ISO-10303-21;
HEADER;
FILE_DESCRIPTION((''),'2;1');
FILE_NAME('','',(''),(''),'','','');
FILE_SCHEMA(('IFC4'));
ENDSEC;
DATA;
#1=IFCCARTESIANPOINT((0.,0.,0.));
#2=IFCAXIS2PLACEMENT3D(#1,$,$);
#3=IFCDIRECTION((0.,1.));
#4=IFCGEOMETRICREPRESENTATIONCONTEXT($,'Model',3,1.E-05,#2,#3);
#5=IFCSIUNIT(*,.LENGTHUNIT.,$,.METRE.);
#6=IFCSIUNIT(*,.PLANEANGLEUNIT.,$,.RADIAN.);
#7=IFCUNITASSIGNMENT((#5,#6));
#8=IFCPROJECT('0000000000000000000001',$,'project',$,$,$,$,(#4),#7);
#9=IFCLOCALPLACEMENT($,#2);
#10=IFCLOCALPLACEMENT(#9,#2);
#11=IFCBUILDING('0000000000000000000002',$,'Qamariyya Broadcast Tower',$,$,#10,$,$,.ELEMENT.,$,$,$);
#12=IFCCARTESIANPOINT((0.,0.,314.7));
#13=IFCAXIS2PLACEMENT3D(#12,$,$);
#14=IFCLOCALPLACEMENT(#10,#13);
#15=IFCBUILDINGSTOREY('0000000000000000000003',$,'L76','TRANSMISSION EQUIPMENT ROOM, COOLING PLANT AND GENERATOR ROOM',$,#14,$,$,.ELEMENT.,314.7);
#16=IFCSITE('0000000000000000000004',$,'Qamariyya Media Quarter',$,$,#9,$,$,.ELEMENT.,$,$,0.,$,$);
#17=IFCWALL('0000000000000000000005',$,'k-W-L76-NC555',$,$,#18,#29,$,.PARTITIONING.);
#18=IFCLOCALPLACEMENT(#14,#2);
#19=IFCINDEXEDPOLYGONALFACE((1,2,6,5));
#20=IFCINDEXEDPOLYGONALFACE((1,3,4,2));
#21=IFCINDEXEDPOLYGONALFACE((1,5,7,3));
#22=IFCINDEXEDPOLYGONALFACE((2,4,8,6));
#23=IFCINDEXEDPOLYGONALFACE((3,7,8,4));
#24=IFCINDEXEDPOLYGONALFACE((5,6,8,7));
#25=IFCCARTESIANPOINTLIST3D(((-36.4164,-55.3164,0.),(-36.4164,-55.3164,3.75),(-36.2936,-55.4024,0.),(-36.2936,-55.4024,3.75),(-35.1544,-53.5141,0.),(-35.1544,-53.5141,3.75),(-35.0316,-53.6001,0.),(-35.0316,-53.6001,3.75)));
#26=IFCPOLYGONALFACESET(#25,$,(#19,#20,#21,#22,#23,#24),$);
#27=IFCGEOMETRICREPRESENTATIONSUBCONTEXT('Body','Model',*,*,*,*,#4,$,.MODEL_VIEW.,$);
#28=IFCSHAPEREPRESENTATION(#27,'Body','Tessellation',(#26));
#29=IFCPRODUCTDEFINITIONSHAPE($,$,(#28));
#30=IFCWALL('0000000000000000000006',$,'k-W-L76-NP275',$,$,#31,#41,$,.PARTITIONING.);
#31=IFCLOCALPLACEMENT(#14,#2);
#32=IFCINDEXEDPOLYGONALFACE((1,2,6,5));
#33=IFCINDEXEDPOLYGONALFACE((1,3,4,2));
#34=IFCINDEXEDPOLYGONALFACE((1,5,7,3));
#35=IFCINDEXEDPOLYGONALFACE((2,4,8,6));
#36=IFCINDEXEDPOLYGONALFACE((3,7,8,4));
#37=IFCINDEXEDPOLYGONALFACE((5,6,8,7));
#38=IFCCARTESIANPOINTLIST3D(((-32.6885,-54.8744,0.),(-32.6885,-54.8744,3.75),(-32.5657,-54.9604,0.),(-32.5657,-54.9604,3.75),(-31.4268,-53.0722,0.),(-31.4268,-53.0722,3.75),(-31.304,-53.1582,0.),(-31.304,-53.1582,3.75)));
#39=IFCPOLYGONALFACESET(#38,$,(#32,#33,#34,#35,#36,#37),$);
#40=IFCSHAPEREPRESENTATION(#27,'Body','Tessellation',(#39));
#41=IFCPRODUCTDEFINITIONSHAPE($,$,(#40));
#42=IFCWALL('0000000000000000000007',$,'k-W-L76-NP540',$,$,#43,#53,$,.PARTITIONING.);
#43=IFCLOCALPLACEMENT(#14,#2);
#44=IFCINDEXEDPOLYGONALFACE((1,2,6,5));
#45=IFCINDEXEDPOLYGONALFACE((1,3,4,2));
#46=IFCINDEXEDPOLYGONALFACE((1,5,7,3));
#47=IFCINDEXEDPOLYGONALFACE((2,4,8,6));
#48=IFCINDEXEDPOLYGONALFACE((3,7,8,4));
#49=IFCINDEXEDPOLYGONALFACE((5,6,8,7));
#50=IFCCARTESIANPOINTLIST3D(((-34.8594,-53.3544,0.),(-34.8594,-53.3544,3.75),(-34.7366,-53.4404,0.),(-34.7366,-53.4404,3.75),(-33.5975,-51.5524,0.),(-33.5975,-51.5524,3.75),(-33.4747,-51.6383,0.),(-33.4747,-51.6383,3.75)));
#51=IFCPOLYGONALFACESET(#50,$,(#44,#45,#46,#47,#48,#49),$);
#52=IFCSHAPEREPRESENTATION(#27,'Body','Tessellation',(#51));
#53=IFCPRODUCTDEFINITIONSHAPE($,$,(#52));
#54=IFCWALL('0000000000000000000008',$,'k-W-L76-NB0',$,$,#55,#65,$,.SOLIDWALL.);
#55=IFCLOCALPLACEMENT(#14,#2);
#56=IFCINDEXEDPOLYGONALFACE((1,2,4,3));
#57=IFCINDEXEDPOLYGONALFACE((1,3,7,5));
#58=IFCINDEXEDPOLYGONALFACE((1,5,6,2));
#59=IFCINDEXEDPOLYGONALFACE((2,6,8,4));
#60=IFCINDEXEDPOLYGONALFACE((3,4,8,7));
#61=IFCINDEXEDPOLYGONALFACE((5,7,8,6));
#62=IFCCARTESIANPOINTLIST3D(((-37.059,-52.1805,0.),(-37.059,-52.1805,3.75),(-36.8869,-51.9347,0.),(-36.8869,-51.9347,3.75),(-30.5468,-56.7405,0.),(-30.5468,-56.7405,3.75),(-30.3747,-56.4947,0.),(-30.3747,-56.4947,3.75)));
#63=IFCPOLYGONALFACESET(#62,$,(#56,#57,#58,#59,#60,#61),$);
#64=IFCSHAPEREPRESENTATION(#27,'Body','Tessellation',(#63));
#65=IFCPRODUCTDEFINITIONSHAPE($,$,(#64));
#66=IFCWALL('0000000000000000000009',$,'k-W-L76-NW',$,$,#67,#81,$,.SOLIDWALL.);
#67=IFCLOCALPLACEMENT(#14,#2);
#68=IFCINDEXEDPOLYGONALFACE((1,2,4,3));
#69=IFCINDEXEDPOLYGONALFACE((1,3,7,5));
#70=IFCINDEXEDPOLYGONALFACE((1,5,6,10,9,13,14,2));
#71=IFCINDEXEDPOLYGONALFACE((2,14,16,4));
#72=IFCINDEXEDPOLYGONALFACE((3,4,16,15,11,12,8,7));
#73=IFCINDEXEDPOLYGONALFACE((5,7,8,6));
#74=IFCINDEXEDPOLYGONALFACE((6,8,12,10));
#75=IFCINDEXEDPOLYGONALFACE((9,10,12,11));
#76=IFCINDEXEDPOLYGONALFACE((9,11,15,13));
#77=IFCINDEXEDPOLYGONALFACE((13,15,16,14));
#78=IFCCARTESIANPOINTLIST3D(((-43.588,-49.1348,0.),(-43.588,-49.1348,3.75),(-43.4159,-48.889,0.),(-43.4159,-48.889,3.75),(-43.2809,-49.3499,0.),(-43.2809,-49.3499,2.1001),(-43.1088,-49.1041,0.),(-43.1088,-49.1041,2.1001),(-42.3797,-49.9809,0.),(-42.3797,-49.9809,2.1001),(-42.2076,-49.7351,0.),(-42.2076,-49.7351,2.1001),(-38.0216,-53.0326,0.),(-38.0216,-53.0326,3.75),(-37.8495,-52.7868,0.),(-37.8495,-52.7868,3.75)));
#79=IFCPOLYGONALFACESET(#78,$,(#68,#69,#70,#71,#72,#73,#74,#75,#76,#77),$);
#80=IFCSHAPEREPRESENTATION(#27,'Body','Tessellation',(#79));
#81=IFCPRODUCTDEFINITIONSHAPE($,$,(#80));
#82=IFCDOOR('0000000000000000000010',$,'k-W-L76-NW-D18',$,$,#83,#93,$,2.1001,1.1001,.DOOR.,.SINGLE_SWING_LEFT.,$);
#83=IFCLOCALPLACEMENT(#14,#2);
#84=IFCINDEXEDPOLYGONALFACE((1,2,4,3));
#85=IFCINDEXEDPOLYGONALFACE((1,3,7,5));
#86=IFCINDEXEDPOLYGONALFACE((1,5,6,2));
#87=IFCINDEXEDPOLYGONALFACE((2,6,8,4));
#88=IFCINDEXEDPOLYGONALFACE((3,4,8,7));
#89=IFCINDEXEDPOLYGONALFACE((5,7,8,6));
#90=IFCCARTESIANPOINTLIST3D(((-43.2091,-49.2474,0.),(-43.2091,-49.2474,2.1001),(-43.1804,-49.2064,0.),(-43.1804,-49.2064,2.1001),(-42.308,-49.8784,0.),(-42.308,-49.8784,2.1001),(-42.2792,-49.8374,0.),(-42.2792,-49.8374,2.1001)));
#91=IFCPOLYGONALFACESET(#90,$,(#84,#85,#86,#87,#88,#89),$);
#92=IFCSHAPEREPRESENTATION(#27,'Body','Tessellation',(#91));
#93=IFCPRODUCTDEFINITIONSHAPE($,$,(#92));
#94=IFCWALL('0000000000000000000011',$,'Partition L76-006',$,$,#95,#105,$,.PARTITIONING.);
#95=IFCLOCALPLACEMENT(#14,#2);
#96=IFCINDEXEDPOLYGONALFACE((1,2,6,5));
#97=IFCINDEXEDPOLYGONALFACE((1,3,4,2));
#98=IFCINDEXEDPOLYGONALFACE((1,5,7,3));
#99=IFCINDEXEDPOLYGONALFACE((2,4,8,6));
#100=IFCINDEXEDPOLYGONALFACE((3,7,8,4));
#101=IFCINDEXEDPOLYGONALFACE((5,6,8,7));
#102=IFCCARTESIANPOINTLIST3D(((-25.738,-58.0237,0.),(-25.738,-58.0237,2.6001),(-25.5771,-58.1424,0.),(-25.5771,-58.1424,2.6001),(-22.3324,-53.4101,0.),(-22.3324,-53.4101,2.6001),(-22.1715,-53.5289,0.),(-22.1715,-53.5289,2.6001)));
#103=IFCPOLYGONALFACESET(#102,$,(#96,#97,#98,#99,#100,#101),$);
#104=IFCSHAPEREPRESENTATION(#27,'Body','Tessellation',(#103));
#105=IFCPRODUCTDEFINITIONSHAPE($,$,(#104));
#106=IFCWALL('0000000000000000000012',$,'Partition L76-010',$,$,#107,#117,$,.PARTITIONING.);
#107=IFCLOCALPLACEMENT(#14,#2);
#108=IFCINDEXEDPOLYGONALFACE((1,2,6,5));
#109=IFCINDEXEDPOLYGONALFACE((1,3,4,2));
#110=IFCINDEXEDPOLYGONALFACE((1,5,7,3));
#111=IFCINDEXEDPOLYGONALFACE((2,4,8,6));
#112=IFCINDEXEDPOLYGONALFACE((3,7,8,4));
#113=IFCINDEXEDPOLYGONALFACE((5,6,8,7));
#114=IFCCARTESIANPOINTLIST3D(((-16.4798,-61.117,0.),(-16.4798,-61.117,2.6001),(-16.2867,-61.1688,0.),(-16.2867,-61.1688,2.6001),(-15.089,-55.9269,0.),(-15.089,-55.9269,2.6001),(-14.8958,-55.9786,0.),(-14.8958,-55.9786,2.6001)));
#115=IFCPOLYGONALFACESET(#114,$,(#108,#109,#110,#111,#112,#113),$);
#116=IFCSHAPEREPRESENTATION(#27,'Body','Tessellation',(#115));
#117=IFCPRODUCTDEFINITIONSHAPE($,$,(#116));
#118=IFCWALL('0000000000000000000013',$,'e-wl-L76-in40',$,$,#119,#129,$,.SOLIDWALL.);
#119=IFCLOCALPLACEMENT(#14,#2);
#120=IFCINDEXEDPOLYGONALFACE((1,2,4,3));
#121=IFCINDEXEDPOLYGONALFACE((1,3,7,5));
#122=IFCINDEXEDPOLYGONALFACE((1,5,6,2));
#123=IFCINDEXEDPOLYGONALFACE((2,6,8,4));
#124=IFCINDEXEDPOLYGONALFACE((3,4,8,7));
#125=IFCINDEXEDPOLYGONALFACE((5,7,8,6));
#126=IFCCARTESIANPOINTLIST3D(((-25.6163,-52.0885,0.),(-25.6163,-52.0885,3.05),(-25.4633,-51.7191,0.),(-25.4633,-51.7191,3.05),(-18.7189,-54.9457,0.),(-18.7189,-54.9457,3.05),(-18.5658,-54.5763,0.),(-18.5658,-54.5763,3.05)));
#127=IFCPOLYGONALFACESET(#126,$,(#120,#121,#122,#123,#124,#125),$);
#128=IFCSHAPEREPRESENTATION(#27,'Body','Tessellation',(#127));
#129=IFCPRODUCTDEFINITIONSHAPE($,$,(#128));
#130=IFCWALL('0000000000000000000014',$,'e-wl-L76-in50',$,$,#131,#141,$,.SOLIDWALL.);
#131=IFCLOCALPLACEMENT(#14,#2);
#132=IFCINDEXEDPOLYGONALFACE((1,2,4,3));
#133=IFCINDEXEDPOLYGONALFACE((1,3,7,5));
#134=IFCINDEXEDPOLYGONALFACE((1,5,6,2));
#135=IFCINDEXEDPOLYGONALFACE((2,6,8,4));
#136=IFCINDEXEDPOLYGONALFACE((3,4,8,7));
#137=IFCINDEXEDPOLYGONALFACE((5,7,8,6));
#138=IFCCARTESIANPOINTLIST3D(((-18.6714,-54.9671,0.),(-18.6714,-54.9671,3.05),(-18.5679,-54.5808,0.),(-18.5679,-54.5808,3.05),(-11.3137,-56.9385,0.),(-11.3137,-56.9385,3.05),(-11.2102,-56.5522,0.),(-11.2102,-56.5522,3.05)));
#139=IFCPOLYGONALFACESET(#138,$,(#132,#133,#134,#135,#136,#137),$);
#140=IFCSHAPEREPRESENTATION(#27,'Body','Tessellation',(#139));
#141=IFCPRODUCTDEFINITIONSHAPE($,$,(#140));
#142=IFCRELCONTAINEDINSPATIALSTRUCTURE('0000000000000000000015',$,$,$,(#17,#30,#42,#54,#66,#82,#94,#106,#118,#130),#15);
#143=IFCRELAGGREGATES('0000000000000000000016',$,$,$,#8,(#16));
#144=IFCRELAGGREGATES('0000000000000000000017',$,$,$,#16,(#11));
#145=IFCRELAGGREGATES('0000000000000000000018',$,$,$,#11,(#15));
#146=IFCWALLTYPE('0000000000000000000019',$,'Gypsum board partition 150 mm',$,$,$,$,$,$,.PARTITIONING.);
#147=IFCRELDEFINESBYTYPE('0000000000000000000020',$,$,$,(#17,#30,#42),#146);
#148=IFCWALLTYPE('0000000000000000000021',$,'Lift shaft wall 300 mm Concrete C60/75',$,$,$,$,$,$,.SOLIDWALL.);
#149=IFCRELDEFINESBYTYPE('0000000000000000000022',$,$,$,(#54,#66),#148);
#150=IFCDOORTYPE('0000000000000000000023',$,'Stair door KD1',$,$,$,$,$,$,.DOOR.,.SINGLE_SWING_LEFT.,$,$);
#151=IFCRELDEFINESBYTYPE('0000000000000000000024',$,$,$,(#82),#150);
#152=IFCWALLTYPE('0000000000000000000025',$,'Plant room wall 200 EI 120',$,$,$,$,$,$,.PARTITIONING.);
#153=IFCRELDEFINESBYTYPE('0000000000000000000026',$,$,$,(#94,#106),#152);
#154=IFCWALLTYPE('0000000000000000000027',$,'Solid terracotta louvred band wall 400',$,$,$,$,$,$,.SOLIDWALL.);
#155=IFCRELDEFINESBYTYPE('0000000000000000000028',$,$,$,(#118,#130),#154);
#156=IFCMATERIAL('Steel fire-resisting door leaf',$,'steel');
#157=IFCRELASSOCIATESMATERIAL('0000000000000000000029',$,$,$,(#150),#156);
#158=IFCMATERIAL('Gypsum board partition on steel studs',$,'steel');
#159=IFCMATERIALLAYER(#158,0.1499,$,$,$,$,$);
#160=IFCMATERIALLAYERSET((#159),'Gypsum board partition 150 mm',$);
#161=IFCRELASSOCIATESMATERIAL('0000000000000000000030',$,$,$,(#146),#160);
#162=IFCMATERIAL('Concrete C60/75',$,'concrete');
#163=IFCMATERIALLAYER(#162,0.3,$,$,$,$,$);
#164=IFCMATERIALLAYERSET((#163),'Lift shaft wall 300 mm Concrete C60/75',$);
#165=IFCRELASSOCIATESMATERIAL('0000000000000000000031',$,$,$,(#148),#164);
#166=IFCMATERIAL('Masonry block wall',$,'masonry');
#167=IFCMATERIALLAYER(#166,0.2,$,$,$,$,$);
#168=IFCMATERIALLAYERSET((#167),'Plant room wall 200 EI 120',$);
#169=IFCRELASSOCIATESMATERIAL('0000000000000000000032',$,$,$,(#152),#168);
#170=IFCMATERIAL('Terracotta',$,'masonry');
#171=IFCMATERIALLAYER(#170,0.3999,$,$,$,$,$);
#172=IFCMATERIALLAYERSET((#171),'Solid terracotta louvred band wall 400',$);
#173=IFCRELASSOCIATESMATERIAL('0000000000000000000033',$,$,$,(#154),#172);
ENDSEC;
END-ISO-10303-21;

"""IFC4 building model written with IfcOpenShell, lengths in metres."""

from ifc_helpers import new_model, si_unit, direction, frame, frame_2d, origin, place, context, subcontext, project, spatial, rectangle, extrude, material, layer, layer_set, type_object, element, fill, save


model = new_model("IFC4")

# Units and contexts
model_context = context("Model", 3, precision=1e-05, world=origin(), true_north=direction((0.0, 1.0)))
body_context = subcontext(model_context, "Body", "Model", "MODEL_VIEW")
ifc_project = project(units=[si_unit("LENGTHUNIT", "METRE"), si_unit("PLANEANGLEUNIT", "RADIAN")], contexts=[model_context])

# Site, building, storey
site_placement = place(None, origin())
site = spatial("IfcSite", under=ifc_project, at=site_placement, Name="Qamariyya Media Quarter", CompositionType="ELEMENT", RefElevation=0.0)
building_placement = place(site_placement, origin())
building = spatial("IfcBuilding", under=site, at=building_placement, Name="Qamariyya Broadcast Tower", CompositionType="ELEMENT")
storey_placement = place(building_placement, frame((0.0, 0.0, 314.7)))
storey = spatial("IfcBuildingStorey", under=building, at=storey_placement, Name="L76", Description="TRANSMISSION EQUIPMENT ROOM, COOLING PLANT AND GENERATOR ROOM", CompositionType="ELEMENT", Elevation=314.7)

# Shared definitions
ifc_material_1 = material(Name="Concrete C60/75", Category="concrete")
ifc_material_2 = material(Name="Steel fire-resisting door leaf", Category="steel")
door_type_1 = type_object("IfcDoorType", Name="Stair door KD1", OperationType="SINGLE_SWING_LEFT", PredefinedType="DOOR", material=ifc_material_2)

# Walls
ifc_material_3 = material(Name="Gypsum board partition on steel studs", Category="steel")
ifc_layer_1 = layer(ifc_material_3, 0.1499)
ifc_layer_set_1 = layer_set([ifc_layer_1], Name="Gypsum board partition 150 mm")
wall_type_1 = type_object("IfcWallType", Name="Gypsum board partition 150 mm", PredefinedType="PARTITIONING", material=ifc_layer_set_1)
for number, where, z_axis, x_axis, name in (
    (1, (-36.355, -55.3594, 0.0), (0.0, 0.0, 1.0), (0.573581, 0.819149, 0.0), "k-W-L76-NC555"),
):
    element("IfcWall", number, at=place(storey_placement, frame(where, z_axis=z_axis, x_axis=x_axis)), inside=storey, type_object=wall_type_1, Name=name, PredefinedType="PARTITIONING", context=body_context, shape_type="SweptSolid", body=[
        extrude(rectangle(XDim=2.2002, YDim=0.1499, at=frame_2d((1.1001, 0.0))), origin(), (0.0, 0.0, 1.0), 3.75),
    ])
for number, where, z_axis, x_axis, name in (
    (2, (-32.6272, -54.9175, 0.0), (0.0, 0.0, 1.0), (0.573507, 0.819201, 0.0), "k-W-L76-NP275"),
    (3, (-34.7981, -53.3975, 0.0), (0.0, 0.0, 1.0), (0.573634, 0.819112, 0.0), "k-W-L76-NP540"),
):
    element("IfcWall", number, at=place(storey_placement, frame(where, z_axis=z_axis, x_axis=x_axis)), inside=storey, type_object=wall_type_1, Name=name, PredefinedType="PARTITIONING", context=body_context, shape_type="SweptSolid", body=[
        extrude(rectangle(XDim=2.2, YDim=0.1499, at=frame_2d((1.1001, 0.0))), origin(), (0.0, 0.0, 1.0), 3.75),
    ])
ifc_layer_2 = layer(ifc_material_1, 0.3)
ifc_layer_set_2 = layer_set([ifc_layer_2], Name="Lift shaft wall 300 mm Concrete C60/75")
wall_type_2 = type_object("IfcWallType", Name="Lift shaft wall 300 mm Concrete C60/75", PredefinedType="SOLIDWALL", material=ifc_layer_set_2)
wall_1_placement = place(storey_placement, frame((-30.4607, -56.6177, 0.0), z_axis=(0.0, 0.0, 1.0), x_axis=(-0.819142, 0.57359, 0.0)))
element("IfcWall", 4, at=wall_1_placement, inside=storey, type_object=wall_type_2, Name="k-W-L76-NB0", PredefinedType="SOLIDWALL", context=body_context, shape_type="SweptSolid", body=[
    extrude(rectangle(XDim=7.95, YDim=0.3, at=frame_2d((3.9751, 0.0))), origin(), (0.0, 0.0, 1.0), 3.75),
])

# Wall, opening, door
wall_2_placement = place(storey_placement, frame((-37.9355, -52.9097, 0.0), z_axis=(0.0, 0.0, 1.0), x_axis=(-0.819148, 0.573583, 0.0)))
wall_2 = element("IfcWall", 5, at=wall_2_placement, inside=storey, type_object=wall_type_2, Name="k-W-L76-NW", PredefinedType="SOLIDWALL", context=body_context, shape_type="SweptSolid", body=[
    extrude(rectangle(XDim=6.7954, YDim=0.3, at=frame_2d((3.3977, 0.0))), origin(), (0.0, 0.0, 1.0), 3.75),
])
opening_1_placement = place(wall_2_placement, frame((5.3203, 0.0, 0.0)))
opening_1 = element("IfcOpeningElement", 6, at=opening_1_placement, cuts=wall_2, PredefinedType="OPENING", context=body_context, shape_type="SweptSolid", body=[
    extrude(rectangle(XDim=1.1001, YDim=2.1001, at=frame_2d((0.55, 1.05))), frame((0.0, 0.1599, 0.0), z_axis=(0.0, -1.0, 0.0), x_axis=(1.0, 0.0, 0.0)), (0.0, 0.0, 1.0), 0.3201),
])
door_1_placement = place(opening_1_placement, origin())
door_1 = element("IfcDoor", 7, at=door_1_placement, inside=storey, type_object=door_type_1, Name="k-W-L76-NW-D18", OperationType="SINGLE_SWING_LEFT", OverallHeight=2.1001, OverallWidth=1.1001, PredefinedType="DOOR", context=body_context, shape_type="SweptSolid", body=[
    extrude(rectangle(XDim=1.1001, YDim=2.1001, at=frame_2d((0.55, 1.05))), frame((0.0, 0.0249, 0.0), z_axis=(0.0, -1.0, 0.0), x_axis=(1.0, 0.0, 0.0)), (0.0, 0.0, 1.0), 0.05),
])
fill(opening_1, door_1)

# Walls
ifc_material_4 = material(Name="Masonry block wall", Category="masonry")
ifc_layer_3 = layer(ifc_material_4, 0.2)
ifc_layer_set_3 = layer_set([ifc_layer_3], Name="Plant room wall 200 EI 120")
wall_type_3 = type_object("IfcWallType", Name="Plant room wall 200 EI 120", PredefinedType="PARTITIONING", material=ifc_layer_set_3)
wall_3_placement = place(storey_placement, frame((-22.252, -53.4695, 0.0), z_axis=(0.0, 0.0, 1.0), x_axis=(-0.593886, -0.804549, 0.0)))
element("IfcWall", 8, at=wall_3_placement, inside=storey, type_object=wall_type_3, Name="Partition L76-006", PredefinedType="PARTITIONING", context=body_context, shape_type="SweptSolid", body=[
    extrude(rectangle(XDim=5.7344, YDim=0.2, at=frame_2d((2.8672, 0.0))), origin(), (0.0, 0.0, 1.0), 2.6001),
])
wall_4_placement = place(storey_placement, frame((-14.9924, -55.9529, 0.0), z_axis=(0.0, 0.0, 1.0), x_axis=(-0.258847, -0.965918, 0.0)))
element("IfcWall", 9, at=wall_4_placement, inside=storey, type_object=wall_type_3, Name="Partition L76-010", PredefinedType="PARTITIONING", context=body_context, shape_type="SweptSolid", body=[
    extrude(rectangle(XDim=5.3733, YDim=0.2, at=frame_2d((2.6865, 0.0))), origin(), (0.0, 0.0, 1.0), 2.6001),
])
ifc_material_5 = material(Name="Terracotta", Category="masonry")
ifc_layer_4 = layer(ifc_material_5, 0.3999)
ifc_layer_set_4 = layer_set([ifc_layer_4], Name="Solid terracotta louvred band wall 400")
wall_type_4 = type_object("IfcWallType", Name="Solid terracotta louvred band wall 400", PredefinedType="SOLIDWALL", material=ifc_layer_set_4)
wall_5_placement = place(storey_placement, frame((-18.6423, -54.761, 0.0), z_axis=(0.0, 0.0, 1.0), x_axis=(-0.923872, 0.382701, 0.0)))
element("IfcWall", 10, at=wall_5_placement, inside=storey, type_object=wall_type_4, Name="e-wl-L76-in40", PredefinedType="SOLIDWALL", context=body_context, shape_type="SweptSolid", body=[
    extrude(rectangle(XDim=7.4658, YDim=0.3999, at=frame_2d((3.7329, 0.0))), origin(), (0.0, 0.0, 1.0), 3.05),
])
wall_6_placement = place(storey_placement, frame((-11.262, -56.7454, 0.0), z_axis=(0.0, 0.0, 1.0), x_axis=(-0.965927, 0.258814, 0.0)))
element("IfcWall", 11, at=wall_6_placement, inside=storey, type_object=wall_type_4, Name="e-wl-L76-in50", PredefinedType="SOLIDWALL", context=body_context, shape_type="SweptSolid", body=[
    extrude(rectangle(XDim=7.6172, YDim=0.3999, at=frame_2d((3.8086, 0.0))), origin(), (0.0, 0.0, 1.0), 3.05),
])

save(model, "model.ifc")
